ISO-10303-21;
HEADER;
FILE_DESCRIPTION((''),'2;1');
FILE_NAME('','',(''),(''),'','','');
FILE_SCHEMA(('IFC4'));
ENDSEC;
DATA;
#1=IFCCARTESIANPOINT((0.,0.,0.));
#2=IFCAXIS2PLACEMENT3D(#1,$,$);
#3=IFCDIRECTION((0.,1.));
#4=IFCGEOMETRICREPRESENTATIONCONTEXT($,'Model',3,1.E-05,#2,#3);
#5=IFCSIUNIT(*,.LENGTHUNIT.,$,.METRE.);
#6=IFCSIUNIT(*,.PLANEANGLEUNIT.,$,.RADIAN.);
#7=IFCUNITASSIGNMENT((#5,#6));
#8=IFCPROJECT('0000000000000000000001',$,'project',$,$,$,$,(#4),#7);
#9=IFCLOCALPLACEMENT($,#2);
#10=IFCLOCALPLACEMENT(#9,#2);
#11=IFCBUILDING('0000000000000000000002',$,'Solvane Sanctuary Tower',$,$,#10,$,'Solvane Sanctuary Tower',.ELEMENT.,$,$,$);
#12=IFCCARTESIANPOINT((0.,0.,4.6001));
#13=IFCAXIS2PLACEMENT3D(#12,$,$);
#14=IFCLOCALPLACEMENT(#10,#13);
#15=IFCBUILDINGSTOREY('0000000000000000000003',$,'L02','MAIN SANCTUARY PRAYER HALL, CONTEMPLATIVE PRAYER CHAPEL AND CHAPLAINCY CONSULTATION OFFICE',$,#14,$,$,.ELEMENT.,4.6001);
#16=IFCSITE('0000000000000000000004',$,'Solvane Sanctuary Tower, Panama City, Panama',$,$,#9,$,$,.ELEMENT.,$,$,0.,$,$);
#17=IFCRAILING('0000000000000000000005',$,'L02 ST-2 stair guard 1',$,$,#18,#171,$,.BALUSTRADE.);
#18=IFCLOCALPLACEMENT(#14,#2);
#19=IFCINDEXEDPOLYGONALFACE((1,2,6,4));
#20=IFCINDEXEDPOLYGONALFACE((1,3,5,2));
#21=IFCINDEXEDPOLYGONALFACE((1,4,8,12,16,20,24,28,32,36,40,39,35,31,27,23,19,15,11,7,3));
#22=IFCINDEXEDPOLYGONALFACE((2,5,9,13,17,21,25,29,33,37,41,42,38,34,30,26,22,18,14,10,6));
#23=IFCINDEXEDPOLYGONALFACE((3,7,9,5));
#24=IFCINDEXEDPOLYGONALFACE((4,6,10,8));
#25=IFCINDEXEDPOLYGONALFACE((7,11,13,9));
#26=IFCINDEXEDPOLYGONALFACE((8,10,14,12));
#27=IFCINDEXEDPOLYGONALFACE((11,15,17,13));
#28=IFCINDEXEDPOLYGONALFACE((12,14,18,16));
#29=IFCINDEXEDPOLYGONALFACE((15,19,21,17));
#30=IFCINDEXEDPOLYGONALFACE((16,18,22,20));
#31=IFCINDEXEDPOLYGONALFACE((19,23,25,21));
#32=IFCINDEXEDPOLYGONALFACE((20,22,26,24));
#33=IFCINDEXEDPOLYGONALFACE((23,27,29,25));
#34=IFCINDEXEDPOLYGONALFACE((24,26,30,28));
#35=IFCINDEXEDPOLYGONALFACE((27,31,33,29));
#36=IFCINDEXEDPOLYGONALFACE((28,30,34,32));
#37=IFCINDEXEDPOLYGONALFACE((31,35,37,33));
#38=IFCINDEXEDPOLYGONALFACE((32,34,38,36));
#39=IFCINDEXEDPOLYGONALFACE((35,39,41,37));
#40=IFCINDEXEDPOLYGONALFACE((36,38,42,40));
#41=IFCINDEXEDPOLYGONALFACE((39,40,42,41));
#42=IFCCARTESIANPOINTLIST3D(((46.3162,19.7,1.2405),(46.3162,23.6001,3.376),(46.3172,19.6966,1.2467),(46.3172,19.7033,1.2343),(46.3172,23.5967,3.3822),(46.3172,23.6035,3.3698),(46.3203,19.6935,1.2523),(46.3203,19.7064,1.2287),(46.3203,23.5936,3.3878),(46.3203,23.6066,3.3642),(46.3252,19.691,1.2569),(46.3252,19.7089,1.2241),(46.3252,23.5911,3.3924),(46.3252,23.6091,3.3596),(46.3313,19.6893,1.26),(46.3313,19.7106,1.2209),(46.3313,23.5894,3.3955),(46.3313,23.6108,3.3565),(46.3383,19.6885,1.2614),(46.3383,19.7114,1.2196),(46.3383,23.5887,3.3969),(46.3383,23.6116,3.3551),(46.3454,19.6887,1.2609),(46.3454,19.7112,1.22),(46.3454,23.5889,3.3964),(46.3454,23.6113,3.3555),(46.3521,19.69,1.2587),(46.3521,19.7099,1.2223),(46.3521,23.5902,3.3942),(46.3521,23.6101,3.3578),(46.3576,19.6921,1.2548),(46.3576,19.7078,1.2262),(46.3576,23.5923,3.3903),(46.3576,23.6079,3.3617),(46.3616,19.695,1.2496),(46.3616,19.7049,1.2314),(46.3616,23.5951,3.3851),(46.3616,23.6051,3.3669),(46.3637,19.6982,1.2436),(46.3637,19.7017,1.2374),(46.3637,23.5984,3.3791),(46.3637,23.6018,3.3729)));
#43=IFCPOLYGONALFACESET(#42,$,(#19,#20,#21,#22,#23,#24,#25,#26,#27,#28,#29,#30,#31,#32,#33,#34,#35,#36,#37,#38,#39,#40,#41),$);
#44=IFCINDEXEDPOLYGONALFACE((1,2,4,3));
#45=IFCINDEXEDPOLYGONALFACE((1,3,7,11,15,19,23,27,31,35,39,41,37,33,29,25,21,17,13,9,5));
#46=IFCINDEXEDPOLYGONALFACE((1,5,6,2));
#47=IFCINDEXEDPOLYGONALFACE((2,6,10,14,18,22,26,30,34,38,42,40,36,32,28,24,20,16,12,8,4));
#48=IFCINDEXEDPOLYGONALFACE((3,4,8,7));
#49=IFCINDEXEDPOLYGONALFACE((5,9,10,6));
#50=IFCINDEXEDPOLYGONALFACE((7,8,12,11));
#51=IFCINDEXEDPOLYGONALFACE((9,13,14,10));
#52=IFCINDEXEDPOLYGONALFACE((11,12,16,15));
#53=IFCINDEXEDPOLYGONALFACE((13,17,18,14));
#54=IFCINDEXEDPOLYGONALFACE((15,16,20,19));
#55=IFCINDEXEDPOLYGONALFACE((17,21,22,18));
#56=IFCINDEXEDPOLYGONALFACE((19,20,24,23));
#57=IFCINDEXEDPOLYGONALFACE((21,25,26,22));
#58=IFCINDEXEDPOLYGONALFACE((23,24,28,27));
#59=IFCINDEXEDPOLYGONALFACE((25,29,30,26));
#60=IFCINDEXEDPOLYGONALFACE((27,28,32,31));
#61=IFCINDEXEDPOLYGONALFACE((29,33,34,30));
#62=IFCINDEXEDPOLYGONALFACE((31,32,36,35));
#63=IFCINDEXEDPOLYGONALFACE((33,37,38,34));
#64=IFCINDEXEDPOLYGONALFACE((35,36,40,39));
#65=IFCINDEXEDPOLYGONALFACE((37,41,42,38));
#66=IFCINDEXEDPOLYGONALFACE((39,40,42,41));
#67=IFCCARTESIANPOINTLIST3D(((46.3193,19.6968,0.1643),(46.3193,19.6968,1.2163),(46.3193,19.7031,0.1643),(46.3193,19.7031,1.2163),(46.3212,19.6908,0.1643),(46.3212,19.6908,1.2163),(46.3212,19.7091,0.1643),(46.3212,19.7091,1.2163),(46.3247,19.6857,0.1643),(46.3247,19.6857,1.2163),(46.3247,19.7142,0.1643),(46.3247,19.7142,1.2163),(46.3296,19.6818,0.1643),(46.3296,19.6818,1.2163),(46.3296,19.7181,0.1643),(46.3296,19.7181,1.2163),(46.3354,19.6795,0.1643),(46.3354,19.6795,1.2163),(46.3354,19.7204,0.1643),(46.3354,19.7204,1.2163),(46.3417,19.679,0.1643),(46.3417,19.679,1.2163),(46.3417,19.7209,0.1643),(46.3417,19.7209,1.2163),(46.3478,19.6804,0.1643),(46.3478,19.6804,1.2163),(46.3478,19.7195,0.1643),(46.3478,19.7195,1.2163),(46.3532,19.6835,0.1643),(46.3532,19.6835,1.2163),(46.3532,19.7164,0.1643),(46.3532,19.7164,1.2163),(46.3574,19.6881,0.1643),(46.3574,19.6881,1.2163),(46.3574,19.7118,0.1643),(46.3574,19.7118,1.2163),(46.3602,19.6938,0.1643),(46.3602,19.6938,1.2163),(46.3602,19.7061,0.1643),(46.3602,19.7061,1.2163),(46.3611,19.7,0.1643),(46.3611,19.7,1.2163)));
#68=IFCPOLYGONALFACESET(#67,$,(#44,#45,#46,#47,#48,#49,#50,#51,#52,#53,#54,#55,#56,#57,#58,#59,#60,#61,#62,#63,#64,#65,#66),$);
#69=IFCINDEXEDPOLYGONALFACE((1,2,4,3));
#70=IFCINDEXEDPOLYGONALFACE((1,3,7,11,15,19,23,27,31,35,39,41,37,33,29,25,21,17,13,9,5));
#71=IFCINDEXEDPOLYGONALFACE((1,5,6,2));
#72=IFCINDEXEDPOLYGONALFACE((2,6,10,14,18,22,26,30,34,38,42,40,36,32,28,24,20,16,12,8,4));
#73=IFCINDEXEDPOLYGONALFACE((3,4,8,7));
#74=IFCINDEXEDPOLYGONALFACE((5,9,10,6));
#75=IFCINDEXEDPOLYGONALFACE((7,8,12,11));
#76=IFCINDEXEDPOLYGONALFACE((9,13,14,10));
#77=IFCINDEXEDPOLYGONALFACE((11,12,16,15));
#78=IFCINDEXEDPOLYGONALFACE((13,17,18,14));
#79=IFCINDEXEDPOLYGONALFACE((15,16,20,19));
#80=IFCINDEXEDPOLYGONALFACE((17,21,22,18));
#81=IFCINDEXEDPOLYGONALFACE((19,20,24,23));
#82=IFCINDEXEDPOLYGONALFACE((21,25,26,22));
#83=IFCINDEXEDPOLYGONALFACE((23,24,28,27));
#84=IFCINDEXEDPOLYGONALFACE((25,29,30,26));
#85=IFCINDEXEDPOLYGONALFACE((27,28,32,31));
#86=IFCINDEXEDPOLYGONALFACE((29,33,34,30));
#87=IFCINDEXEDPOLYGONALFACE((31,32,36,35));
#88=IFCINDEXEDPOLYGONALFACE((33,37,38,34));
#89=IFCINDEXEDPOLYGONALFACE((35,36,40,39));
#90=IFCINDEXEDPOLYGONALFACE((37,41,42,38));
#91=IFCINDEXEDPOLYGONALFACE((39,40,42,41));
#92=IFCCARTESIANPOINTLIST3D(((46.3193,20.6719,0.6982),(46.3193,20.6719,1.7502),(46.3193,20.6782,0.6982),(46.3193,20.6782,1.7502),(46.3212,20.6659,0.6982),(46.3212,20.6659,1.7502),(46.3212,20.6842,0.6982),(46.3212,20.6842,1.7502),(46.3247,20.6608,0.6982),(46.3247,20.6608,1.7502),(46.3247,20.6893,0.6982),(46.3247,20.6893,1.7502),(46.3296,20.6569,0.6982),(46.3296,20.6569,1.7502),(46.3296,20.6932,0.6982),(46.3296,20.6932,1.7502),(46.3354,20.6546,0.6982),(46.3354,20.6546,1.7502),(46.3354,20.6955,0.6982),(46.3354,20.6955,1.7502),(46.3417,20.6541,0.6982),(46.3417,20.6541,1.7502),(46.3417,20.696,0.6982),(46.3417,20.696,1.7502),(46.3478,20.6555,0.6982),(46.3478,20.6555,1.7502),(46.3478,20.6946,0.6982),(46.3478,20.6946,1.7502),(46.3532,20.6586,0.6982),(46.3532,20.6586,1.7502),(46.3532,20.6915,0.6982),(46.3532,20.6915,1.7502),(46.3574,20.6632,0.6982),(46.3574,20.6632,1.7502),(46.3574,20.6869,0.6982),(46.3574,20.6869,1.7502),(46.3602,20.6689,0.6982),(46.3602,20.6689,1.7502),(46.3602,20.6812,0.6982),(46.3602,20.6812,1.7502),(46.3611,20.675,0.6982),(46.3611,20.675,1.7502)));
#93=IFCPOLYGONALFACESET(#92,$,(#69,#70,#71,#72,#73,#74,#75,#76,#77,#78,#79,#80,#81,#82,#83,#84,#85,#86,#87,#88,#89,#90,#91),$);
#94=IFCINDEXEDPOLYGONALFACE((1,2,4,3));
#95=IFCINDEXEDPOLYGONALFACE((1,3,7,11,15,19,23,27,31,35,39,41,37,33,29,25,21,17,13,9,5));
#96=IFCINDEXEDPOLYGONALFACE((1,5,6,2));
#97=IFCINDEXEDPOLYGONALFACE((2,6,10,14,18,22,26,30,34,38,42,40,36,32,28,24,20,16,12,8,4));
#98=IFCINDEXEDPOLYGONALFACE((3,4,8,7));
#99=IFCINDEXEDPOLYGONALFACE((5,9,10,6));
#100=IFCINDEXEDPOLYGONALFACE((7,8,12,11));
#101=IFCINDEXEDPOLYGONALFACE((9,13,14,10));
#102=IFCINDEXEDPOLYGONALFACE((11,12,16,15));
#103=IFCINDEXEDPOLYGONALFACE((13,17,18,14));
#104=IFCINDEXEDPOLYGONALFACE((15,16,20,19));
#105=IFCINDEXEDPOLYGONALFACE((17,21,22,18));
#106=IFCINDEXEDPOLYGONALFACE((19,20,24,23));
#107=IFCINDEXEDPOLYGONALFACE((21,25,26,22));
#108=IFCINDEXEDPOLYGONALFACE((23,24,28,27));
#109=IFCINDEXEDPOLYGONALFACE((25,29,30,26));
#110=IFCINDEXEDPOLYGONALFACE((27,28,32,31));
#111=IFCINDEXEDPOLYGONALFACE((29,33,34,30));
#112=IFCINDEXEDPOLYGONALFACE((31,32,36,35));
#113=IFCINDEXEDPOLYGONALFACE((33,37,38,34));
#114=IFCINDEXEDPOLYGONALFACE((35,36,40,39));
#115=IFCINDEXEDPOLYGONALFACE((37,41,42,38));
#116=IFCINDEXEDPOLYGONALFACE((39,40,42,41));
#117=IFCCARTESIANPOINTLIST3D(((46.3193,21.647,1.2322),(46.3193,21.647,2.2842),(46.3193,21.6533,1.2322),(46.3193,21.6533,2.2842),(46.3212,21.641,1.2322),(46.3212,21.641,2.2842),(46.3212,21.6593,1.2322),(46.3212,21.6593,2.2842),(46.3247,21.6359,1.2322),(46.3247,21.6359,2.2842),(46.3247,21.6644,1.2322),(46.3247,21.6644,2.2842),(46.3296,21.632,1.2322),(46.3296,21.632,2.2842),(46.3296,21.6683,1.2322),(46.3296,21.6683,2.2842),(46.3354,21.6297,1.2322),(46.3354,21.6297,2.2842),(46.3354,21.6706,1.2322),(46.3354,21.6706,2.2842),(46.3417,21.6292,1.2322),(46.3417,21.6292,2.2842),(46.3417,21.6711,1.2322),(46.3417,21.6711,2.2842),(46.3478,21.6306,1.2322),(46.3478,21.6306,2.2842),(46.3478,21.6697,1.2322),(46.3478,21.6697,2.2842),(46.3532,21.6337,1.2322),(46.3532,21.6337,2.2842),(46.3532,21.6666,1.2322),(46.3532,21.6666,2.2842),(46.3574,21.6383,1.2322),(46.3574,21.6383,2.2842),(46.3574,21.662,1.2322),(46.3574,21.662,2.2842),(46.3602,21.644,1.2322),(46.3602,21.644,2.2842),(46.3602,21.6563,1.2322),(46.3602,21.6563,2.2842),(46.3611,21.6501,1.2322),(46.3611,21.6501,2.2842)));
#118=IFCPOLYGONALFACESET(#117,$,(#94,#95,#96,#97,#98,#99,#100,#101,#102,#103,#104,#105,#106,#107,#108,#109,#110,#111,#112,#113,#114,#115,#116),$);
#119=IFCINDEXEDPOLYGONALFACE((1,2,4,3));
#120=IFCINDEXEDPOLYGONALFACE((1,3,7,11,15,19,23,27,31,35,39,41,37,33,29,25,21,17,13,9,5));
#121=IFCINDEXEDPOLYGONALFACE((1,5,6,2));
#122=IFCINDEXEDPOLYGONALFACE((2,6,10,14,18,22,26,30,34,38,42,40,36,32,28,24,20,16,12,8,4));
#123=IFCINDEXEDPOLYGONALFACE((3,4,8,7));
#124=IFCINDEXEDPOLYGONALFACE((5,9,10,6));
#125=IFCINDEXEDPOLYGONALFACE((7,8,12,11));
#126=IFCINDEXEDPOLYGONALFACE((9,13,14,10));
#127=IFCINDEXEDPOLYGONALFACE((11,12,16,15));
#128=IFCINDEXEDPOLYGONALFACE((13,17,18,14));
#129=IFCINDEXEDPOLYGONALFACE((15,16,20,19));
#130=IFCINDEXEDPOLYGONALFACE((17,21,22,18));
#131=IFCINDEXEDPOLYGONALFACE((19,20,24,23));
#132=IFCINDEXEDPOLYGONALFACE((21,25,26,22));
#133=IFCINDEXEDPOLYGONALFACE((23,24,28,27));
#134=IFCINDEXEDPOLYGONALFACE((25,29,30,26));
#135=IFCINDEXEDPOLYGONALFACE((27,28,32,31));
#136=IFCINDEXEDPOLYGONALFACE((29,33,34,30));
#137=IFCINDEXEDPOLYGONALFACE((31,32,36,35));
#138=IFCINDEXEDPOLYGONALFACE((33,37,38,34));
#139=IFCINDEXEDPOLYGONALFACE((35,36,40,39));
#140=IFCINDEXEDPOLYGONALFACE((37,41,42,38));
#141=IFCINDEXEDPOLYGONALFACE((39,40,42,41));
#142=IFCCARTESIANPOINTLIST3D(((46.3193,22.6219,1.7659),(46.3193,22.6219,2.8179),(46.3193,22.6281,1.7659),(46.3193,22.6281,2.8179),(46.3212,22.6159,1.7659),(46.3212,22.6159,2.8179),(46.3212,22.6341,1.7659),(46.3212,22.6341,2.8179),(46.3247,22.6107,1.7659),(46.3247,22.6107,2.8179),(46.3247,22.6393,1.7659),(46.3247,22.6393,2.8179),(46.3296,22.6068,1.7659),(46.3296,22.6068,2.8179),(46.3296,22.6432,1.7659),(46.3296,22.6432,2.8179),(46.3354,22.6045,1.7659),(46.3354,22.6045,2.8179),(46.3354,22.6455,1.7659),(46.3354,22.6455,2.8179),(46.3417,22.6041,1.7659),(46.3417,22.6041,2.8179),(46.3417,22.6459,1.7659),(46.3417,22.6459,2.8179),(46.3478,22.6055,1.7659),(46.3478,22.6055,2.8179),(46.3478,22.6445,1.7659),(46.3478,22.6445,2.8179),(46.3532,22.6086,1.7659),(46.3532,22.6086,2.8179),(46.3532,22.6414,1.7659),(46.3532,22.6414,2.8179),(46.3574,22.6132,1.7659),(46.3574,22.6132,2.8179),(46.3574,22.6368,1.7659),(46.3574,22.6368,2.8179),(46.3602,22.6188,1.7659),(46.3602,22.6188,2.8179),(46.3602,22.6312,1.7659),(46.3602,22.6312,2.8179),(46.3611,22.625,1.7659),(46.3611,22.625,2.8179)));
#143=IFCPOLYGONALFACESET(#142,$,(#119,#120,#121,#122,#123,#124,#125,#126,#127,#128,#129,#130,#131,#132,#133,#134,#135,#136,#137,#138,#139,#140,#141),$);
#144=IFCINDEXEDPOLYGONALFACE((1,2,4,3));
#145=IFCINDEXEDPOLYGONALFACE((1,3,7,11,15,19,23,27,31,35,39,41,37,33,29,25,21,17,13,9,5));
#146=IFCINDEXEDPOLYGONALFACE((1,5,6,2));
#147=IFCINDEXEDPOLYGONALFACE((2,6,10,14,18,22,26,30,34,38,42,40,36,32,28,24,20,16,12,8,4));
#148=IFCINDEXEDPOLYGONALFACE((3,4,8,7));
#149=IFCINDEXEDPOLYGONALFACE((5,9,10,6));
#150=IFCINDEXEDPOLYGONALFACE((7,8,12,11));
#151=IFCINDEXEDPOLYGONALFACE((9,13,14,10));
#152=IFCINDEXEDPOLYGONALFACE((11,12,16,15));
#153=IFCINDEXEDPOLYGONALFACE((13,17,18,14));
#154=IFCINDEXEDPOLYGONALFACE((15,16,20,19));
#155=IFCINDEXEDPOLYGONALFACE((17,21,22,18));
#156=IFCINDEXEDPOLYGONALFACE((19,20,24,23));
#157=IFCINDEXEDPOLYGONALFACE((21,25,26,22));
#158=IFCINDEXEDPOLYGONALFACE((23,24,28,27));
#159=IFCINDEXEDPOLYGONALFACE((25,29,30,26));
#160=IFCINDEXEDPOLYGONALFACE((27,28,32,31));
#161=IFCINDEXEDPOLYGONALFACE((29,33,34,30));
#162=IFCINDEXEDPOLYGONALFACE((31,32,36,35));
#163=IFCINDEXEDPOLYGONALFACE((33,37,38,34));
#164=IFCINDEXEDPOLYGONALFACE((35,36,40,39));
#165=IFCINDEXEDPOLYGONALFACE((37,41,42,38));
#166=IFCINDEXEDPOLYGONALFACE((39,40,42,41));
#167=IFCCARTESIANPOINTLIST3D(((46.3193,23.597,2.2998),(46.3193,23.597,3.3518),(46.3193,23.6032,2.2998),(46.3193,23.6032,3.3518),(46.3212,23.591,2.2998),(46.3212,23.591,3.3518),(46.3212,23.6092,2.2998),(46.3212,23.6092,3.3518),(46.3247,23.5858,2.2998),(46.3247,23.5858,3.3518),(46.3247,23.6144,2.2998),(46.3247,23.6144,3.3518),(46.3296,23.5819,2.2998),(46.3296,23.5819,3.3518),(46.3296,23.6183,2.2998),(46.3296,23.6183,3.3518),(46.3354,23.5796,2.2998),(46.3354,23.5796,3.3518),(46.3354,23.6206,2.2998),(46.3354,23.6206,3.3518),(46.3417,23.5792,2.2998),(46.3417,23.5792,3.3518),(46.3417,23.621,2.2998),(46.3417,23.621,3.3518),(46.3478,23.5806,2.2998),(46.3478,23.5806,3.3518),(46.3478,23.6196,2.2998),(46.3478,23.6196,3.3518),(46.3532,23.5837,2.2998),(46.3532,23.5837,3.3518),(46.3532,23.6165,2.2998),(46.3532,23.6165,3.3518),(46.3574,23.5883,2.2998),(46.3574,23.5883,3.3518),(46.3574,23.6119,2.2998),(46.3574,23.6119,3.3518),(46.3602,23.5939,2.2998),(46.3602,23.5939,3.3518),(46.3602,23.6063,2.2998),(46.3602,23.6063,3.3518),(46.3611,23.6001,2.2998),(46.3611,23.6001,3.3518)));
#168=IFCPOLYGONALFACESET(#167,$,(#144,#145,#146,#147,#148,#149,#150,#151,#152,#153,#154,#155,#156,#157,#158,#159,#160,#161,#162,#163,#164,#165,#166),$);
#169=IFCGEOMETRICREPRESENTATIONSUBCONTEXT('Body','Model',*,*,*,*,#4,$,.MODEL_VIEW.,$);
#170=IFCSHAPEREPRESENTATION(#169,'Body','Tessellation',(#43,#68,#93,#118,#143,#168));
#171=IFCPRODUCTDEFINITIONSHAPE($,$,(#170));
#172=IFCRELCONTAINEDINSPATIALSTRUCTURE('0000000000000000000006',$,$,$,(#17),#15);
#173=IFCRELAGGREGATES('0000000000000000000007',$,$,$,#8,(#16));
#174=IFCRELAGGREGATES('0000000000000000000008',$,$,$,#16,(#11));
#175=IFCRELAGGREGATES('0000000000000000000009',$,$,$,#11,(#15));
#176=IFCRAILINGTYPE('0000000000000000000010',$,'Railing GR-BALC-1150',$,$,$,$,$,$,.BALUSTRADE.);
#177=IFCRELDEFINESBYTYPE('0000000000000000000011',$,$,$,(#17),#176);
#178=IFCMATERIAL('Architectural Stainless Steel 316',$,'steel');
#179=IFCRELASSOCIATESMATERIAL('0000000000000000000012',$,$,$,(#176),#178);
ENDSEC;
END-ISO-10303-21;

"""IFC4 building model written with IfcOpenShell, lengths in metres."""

from ifc_helpers import new_model, si_unit, direction, frame, origin, origin_2d, place, context, subcontext, project, spatial, circle, extrude, material, type_object, element, save


model = new_model("IFC4")

# Units and contexts
model_context = context("Model", 3, precision=1e-05, world=origin(), true_north=direction((0.0, 1.0)))
body_context = subcontext(model_context, "Body", "Model", "MODEL_VIEW")
ifc_project = project(units=[si_unit("LENGTHUNIT", "METRE"), si_unit("PLANEANGLEUNIT", "RADIAN")], contexts=[model_context])

# Site, building, storey
site_placement = place(None, origin())
site = spatial("IfcSite", under=ifc_project, at=site_placement, Name="Solvane Sanctuary Tower, Panama City, Panama", CompositionType="ELEMENT", RefElevation=0.0)
building_placement = place(site_placement, origin())
building = spatial("IfcBuilding", under=site, at=building_placement, Name="Solvane Sanctuary Tower", LongName="Solvane Sanctuary Tower", CompositionType="ELEMENT")
storey_placement = place(building_placement, frame((0.0, 0.0, 4.6001)))
storey = spatial("IfcBuildingStorey", under=building, at=storey_placement, Name="L02", Description="MAIN SANCTUARY PRAYER HALL, CONTEMPLATIVE PRAYER CHAPEL AND CHAPLAINCY CONSULTATION OFFICE", CompositionType="ELEMENT", Elevation=4.6001)

# Shared definitions
ifc_material_1 = material(Name="Architectural Stainless Steel 316", Category="steel")

# Railing
railing_type = type_object("IfcRailingType", Name="Railing GR-BALC-1150", PredefinedType="BALUSTRADE", material=ifc_material_1)
railing_1_placement = place(storey_placement, frame((46.3401, 19.7, 0.1643)))
element("IfcRailing", 1, at=railing_1_placement, inside=storey, type_object=railing_type, Name="L02 ST-2 stair guard 1", PredefinedType="BALUSTRADE", context=body_context, shape_type="SweptSolid", body=[
    extrude(circle(Radius=0.0239, at=origin_2d()), frame((0.0, 0.0, 1.0762), z_axis=(0.0, 0.877124, 0.480263), x_axis=(-1.0, 0.0, 0.0)), (0.0, 0.0, 1.0), 4.4465),
    extrude(circle(Radius=0.021, at=origin_2d()), origin(), (0.0, 0.0, 1.0), 1.052),
    extrude(circle(Radius=0.021, at=origin_2d()), frame((0.0, 0.9751, 0.5339)), (0.0, 0.0, 1.0), 1.052),
    extrude(circle(Radius=0.021, at=origin_2d()), frame((0.0, 1.9502, 1.0679)), (0.0, 0.0, 1.0), 1.052),
    extrude(circle(Radius=0.021, at=origin_2d()), frame((0.0, 2.925, 1.6016)), (0.0, 0.0, 1.0), 1.052),
    extrude(circle(Radius=0.021, at=origin_2d()), frame((0.0, 3.9001, 2.1355)), (0.0, 0.0, 1.0), 1.052),
])

save(model, "model.ifc")
